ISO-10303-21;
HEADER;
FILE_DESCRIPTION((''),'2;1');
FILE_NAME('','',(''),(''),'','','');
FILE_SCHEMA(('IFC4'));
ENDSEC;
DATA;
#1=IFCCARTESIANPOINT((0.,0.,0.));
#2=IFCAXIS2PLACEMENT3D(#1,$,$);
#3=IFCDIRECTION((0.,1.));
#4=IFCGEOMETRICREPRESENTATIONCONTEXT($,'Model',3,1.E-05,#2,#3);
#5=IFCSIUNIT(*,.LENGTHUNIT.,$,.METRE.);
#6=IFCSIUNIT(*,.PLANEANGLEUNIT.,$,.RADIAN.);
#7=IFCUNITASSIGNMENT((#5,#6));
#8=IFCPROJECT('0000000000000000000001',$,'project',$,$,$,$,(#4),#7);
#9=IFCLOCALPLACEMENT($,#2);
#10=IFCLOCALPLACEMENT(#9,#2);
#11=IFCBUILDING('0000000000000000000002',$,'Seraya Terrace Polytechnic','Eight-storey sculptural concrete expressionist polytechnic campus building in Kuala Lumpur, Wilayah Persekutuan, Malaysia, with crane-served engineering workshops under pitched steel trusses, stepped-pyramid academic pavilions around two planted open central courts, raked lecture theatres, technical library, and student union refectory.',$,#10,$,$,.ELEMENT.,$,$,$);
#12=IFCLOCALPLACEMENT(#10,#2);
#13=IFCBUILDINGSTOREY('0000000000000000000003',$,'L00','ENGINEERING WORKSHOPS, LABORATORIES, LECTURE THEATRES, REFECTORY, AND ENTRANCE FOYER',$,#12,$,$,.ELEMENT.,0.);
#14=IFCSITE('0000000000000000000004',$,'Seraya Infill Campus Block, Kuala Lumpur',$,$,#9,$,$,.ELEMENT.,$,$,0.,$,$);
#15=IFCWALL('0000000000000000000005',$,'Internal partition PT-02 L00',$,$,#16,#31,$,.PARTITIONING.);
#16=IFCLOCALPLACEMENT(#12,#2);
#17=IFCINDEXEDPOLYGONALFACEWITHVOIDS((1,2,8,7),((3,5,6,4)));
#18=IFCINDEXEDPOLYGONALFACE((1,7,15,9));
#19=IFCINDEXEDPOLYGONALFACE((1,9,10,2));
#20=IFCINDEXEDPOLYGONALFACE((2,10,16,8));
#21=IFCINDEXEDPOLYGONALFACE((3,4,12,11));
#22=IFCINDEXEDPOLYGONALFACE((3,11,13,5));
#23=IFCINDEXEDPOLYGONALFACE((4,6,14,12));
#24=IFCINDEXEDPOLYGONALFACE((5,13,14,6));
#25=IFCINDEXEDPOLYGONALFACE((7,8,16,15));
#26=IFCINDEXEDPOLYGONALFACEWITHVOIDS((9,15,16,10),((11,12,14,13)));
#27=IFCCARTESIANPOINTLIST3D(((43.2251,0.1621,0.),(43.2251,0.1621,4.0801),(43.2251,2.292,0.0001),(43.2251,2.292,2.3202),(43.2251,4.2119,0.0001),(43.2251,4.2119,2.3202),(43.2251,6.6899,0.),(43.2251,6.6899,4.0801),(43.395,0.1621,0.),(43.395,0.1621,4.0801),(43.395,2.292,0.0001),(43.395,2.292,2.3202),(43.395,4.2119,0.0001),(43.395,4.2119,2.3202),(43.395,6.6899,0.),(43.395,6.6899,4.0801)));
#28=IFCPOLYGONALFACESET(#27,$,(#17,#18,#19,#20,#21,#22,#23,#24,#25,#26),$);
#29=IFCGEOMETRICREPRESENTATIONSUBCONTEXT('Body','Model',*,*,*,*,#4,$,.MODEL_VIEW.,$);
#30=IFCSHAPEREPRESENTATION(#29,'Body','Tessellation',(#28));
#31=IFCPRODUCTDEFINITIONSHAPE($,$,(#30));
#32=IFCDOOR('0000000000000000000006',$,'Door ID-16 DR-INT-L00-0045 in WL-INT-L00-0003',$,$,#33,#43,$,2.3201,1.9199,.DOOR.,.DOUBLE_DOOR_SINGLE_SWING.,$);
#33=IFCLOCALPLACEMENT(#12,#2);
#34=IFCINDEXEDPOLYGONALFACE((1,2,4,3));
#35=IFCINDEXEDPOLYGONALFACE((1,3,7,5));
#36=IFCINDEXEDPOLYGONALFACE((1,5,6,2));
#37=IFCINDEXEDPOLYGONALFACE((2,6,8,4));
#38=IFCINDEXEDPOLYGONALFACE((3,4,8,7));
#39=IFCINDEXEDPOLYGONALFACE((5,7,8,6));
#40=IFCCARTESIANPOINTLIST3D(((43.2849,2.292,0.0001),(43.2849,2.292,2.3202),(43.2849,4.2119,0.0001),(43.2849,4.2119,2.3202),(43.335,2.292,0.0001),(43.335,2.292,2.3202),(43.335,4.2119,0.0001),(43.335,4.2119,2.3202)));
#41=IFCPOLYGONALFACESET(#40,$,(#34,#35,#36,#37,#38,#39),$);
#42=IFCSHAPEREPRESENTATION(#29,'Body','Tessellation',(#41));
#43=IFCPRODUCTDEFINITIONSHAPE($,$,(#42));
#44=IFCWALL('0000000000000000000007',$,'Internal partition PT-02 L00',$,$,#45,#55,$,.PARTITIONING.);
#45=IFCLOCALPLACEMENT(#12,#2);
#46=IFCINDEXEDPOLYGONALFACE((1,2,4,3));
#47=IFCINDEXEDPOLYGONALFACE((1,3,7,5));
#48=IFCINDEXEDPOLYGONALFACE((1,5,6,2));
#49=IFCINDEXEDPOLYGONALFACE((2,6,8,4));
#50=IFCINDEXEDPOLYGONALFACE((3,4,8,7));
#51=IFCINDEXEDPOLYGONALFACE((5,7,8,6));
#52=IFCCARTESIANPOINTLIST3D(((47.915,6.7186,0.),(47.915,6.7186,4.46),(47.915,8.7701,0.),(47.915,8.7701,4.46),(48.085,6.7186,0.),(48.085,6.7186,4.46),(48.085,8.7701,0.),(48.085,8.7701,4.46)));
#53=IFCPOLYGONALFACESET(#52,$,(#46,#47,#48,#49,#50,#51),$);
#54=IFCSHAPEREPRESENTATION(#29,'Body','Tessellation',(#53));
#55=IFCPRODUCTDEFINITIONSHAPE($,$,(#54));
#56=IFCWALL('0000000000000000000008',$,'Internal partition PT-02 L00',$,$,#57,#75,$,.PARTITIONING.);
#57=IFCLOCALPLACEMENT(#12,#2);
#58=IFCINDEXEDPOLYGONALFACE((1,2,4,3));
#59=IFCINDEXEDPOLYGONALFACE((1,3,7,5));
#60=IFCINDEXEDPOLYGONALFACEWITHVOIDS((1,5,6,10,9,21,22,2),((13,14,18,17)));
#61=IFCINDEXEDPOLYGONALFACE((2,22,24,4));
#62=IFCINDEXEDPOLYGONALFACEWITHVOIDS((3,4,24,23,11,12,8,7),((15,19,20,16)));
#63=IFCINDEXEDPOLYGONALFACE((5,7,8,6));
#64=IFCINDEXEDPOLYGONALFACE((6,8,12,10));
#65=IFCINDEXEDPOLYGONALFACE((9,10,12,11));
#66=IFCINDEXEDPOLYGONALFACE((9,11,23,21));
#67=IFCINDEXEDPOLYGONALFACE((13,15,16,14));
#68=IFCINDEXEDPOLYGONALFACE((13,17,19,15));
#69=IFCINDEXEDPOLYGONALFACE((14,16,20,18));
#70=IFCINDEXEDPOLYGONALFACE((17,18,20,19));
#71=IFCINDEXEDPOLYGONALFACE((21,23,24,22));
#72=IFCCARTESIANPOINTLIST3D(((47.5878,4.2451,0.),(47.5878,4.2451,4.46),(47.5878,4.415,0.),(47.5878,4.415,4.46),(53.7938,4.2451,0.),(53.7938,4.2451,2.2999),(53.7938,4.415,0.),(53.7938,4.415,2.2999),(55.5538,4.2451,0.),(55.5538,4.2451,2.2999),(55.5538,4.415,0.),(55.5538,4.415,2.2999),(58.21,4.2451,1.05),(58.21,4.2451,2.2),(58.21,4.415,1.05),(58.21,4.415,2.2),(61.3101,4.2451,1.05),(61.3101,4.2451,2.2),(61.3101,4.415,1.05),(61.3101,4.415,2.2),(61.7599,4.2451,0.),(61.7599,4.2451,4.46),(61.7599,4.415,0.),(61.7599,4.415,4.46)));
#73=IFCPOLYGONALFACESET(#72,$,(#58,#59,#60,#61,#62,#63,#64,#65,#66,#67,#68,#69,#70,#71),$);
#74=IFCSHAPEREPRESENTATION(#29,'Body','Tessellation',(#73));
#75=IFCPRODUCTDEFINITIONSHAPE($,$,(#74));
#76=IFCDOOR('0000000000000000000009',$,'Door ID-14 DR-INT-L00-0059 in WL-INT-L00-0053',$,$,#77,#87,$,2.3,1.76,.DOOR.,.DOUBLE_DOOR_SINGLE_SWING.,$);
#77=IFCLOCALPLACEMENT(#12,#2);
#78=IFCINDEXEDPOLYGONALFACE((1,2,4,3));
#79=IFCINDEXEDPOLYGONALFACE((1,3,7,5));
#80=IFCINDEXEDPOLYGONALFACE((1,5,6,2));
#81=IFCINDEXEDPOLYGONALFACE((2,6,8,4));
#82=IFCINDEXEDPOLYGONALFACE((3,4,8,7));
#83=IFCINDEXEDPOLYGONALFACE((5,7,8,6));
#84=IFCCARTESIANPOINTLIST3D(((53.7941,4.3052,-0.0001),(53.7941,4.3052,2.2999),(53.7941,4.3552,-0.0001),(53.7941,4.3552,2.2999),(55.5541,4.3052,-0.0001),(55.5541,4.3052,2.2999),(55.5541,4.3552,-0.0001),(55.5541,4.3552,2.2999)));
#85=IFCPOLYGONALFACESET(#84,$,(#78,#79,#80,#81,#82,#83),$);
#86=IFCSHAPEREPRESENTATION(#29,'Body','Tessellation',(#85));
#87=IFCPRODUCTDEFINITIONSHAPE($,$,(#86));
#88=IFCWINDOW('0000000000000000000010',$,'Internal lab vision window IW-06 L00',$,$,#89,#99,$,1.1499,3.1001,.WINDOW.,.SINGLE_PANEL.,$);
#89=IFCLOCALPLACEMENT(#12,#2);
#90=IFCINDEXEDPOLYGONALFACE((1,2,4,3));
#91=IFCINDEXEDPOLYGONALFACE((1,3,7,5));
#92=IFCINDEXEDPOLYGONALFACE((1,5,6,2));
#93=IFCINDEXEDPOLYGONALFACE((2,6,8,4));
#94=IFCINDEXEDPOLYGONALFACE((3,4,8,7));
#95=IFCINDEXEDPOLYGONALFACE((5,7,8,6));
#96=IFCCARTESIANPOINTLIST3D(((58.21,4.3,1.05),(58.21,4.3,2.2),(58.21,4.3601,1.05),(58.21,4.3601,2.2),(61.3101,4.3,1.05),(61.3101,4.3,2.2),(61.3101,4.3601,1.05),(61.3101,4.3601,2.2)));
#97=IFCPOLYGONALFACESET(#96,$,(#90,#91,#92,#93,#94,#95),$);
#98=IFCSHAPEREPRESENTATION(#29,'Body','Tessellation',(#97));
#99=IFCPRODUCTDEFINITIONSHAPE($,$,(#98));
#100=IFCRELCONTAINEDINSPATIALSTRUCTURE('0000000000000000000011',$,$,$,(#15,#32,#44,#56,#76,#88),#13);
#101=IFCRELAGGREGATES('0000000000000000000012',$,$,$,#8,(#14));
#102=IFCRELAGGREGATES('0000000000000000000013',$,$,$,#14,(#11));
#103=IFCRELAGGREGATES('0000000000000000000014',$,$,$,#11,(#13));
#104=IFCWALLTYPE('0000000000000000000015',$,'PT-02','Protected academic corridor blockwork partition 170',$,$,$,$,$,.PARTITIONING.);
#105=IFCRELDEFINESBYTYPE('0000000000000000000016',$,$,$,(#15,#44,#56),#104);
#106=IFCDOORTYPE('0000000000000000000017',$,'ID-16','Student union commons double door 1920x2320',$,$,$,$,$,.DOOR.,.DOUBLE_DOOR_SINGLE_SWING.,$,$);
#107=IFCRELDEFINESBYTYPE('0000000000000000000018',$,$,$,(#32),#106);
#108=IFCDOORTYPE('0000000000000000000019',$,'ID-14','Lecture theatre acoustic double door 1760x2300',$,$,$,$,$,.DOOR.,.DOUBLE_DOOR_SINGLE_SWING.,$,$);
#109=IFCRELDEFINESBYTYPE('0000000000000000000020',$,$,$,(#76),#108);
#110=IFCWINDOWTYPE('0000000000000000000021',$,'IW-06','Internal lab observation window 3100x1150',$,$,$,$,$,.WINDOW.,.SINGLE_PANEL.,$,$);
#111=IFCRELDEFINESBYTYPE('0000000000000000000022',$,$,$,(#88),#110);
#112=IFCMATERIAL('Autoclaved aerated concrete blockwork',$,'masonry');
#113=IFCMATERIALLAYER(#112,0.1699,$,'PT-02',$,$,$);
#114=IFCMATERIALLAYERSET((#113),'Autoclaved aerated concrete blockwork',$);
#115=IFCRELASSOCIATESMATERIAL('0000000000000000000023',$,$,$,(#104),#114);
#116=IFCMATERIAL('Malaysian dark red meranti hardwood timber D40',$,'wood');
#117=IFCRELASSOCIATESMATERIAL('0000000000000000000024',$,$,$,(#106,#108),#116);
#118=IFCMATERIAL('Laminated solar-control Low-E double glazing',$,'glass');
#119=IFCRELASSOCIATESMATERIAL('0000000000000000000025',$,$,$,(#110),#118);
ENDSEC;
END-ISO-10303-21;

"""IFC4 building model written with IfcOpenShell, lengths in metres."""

from ifc_helpers import new_model, si_unit, direction, frame, frame_2d, origin, place, context, subcontext, project, spatial, rectangle, extrude, material, layer, layer_set, type_object, element, fill, save


model = new_model("IFC4")

# Units and contexts
model_context = context("Model", 3, precision=1e-05, world=origin(), true_north=direction((0.0, 1.0)))
body_context = subcontext(model_context, "Body", "Model", "MODEL_VIEW")
ifc_project = project(units=[si_unit("LENGTHUNIT", "METRE"), si_unit("PLANEANGLEUNIT", "RADIAN")], contexts=[model_context])

# Site, building, storey
site_placement = place(None, origin())
site = spatial("IfcSite", under=ifc_project, at=site_placement, Name="Seraya Infill Campus Block, Kuala Lumpur", CompositionType="ELEMENT", RefElevation=0.0)
building_placement = place(site_placement, origin())
building = spatial("IfcBuilding", under=site, at=building_placement, Name="Seraya Terrace Polytechnic", Description="Eight-storey sculptural concrete expressionist polytechnic campus building in Kuala Lumpur, Wilayah Persekutuan, Malaysia, with crane-served engineering workshops under pitched steel trusses, stepped-pyramid academic pavilions around two planted open central courts, raked lecture theatres, technical library, and student union refectory.", CompositionType="ELEMENT")
storey_placement = place(building_placement, origin())
storey = spatial("IfcBuildingStorey", under=building, at=storey_placement, Name="L00", Description="ENGINEERING WORKSHOPS, LABORATORIES, LECTURE THEATRES, REFECTORY, AND ENTRANCE FOYER", CompositionType="ELEMENT", Elevation=0.0)

# Wall, opening, door
ifc_material_1 = material(Name="Autoclaved aerated concrete blockwork", Category="masonry")
ifc_layer_1 = layer(ifc_material_1, 0.1699, Name="PT-02")
ifc_layer_set_1 = layer_set([ifc_layer_1], Name="Autoclaved aerated concrete blockwork")
wall_type_1 = type_object("IfcWallType", Name="PT-02", Description="Protected academic corridor blockwork partition 170", PredefinedType="PARTITIONING", material=ifc_layer_set_1)
wall_1_placement = place(storey_placement, frame((43.3101, 0.1621, 0.0), z_axis=(0.0, 0.0, 1.0), x_axis=(0.0, 1.0, 0.0)))
wall_1 = element("IfcWall", 1, at=wall_1_placement, inside=storey, type_object=wall_type_1, Name="Internal partition PT-02 L00", PredefinedType="PARTITIONING", context=body_context, shape_type="SweptSolid", body=[
    extrude(rectangle(XDim=6.5278, YDim=0.1699, at=frame_2d((3.2639, 0.0))), origin(), (0.0, 0.0, 1.0), 4.0801),
])
opening_1_placement = place(wall_1_placement, frame((2.1299, 0.0, 0.0)))
opening_1 = element("IfcOpeningElement", 2, at=opening_1_placement, cuts=wall_1, PredefinedType="OPENING", context=body_context, shape_type="SweptSolid", body=[
    extrude(rectangle(XDim=1.9199, YDim=2.3201, at=frame_2d((0.96, 1.1602))), frame((0.0, 0.0969, 0.0), z_axis=(0.0, -1.0, 0.0), x_axis=(1.0, 0.0, 0.0)), (0.0, 0.0, 1.0), 0.1938),
])
ifc_material_2 = material(Name="Malaysian dark red meranti hardwood timber D40", Category="wood")
door_type_1 = type_object("IfcDoorType", Name="ID-16", Description="Student union commons double door 1920x2320", OperationType="DOUBLE_DOOR_SINGLE_SWING", PredefinedType="DOOR", material=ifc_material_2)
door_1_placement = place(opening_1_placement, frame((1.9199, 0.0, 0.0), z_axis=(0.0, 0.0, 1.0), x_axis=(-1.0, 0.0, 0.0)))
door_1 = element("IfcDoor", 3, at=door_1_placement, inside=storey, type_object=door_type_1, Name="Door ID-16 DR-INT-L00-0045 in WL-INT-L00-0003", OperationType="DOUBLE_DOOR_SINGLE_SWING", OverallHeight=2.3201, OverallWidth=1.9199, PredefinedType="DOOR", context=body_context, shape_type="SweptSolid", body=[
    extrude(rectangle(XDim=1.9199, YDim=2.3201, at=frame_2d((0.96, 1.1602))), frame((0.0, 0.0249, 0.0), z_axis=(0.0, -1.0, 0.0), x_axis=(1.0, 0.0, 0.0)), (0.0, 0.0, 1.0), 0.05),
])
fill(opening_1, door_1)

# Wall
wall_2_placement = place(storey_placement, frame((48.0, 6.7185, 0.0), z_axis=(0.0, 0.0, 1.0), x_axis=(0.0, 1.0, 0.0)))
element("IfcWall", 4, at=wall_2_placement, inside=storey, type_object=wall_type_1, Name="Internal partition PT-02 L00", PredefinedType="PARTITIONING", context=body_context, shape_type="SweptSolid", body=[
    extrude(rectangle(XDim=2.0515, YDim=0.1699, at=frame_2d((1.0259, 0.0))), origin(), (0.0, 0.0, 1.0), 4.46),
])

# Wall, openings, door, window
wall_3_placement = place(storey_placement, frame((47.5879, 4.3301, 0.0), z_axis=(0.0, 0.0, 1.0), x_axis=(1.0, 0.0, 0.0)))
wall_3 = element("IfcWall", 5, at=wall_3_placement, inside=storey, type_object=wall_type_1, Name="Internal partition PT-02 L00", PredefinedType="PARTITIONING", context=body_context, shape_type="SweptSolid", body=[
    extrude(rectangle(XDim=14.1721, YDim=0.1699, at=frame_2d((7.0859, 0.0))), origin(), (0.0, 0.0, 1.0), 4.46),
])
opening_2_placement = place(wall_3_placement, frame((6.2061, 0.0, 0.0)))
opening_2 = element("IfcOpeningElement", 6, at=opening_2_placement, cuts=wall_3, PredefinedType="OPENING", context=body_context, shape_type="SweptSolid", body=[
    extrude(rectangle(XDim=1.76, YDim=2.3, at=frame_2d((0.8799, 1.1499))), frame((0.0, 0.0969, 0.0), z_axis=(0.0, -1.0, 0.0), x_axis=(1.0, 0.0, 0.0)), (0.0, 0.0, 1.0), 0.1938),
])
opening_3_placement = place(wall_3_placement, frame((10.6221, 0.0, 1.05)))
opening_3 = element("IfcOpeningElement", 7, at=opening_3_placement, cuts=wall_3, PredefinedType="OPENING", context=body_context, shape_type="SweptSolid", body=[
    extrude(rectangle(XDim=3.1001, YDim=1.1499, at=frame_2d((1.55, 0.575))), frame((0.0, 0.0969, 0.0), z_axis=(0.0, -1.0, 0.0), x_axis=(1.0, 0.0, 0.0)), (0.0, 0.0, 1.0), 0.1938),
])
door_type_2 = type_object("IfcDoorType", Name="ID-14", Description="Lecture theatre acoustic double door 1760x2300", OperationType="DOUBLE_DOOR_SINGLE_SWING", PredefinedType="DOOR", material=ifc_material_2)
door_2_placement = place(opening_2_placement, frame((1.76, 0.0, 0.0), z_axis=(0.0, 0.0, 1.0), x_axis=(-1.0, 0.0, 0.0)))
door_2 = element("IfcDoor", 8, at=door_2_placement, inside=storey, type_object=door_type_2, Name="Door ID-14 DR-INT-L00-0059 in WL-INT-L00-0053", OperationType="DOUBLE_DOOR_SINGLE_SWING", OverallHeight=2.3, OverallWidth=1.76, PredefinedType="DOOR", context=body_context, shape_type="SweptSolid", body=[
    extrude(rectangle(XDim=1.76, YDim=2.3, at=frame_2d((0.8799, 1.1499))), frame((0.0, 0.0249, 0.0), z_axis=(0.0, -1.0, 0.0), x_axis=(1.0, 0.0, 0.0)), (0.0, 0.0, 1.0), 0.05),
])
fill(opening_2, door_2)
ifc_material_3 = material(Name="Laminated solar-control Low-E double glazing", Category="glass")
window_type = type_object("IfcWindowType", Name="IW-06", Description="Internal lab observation window 3100x1150", PartitioningType="SINGLE_PANEL", PredefinedType="WINDOW", material=ifc_material_3)
window_placement = place(opening_3_placement, origin())
window = element("IfcWindow", 9, at=window_placement, inside=storey, type_object=window_type, Name="Internal lab vision window IW-06 L00", OverallHeight=1.1499, OverallWidth=3.1001, PartitioningType="SINGLE_PANEL", PredefinedType="WINDOW", context=body_context, shape_type="SweptSolid", body=[
    extrude(rectangle(XDim=3.1001, YDim=1.1499, at=frame_2d((1.55, 0.575))), frame((0.0, 0.03, 0.0), z_axis=(0.0, -1.0, 0.0), x_axis=(1.0, 0.0, 0.0)), (0.0, 0.0, 1.0), 0.0601),
])
fill(opening_3, window)

save(model, "model.ifc")
